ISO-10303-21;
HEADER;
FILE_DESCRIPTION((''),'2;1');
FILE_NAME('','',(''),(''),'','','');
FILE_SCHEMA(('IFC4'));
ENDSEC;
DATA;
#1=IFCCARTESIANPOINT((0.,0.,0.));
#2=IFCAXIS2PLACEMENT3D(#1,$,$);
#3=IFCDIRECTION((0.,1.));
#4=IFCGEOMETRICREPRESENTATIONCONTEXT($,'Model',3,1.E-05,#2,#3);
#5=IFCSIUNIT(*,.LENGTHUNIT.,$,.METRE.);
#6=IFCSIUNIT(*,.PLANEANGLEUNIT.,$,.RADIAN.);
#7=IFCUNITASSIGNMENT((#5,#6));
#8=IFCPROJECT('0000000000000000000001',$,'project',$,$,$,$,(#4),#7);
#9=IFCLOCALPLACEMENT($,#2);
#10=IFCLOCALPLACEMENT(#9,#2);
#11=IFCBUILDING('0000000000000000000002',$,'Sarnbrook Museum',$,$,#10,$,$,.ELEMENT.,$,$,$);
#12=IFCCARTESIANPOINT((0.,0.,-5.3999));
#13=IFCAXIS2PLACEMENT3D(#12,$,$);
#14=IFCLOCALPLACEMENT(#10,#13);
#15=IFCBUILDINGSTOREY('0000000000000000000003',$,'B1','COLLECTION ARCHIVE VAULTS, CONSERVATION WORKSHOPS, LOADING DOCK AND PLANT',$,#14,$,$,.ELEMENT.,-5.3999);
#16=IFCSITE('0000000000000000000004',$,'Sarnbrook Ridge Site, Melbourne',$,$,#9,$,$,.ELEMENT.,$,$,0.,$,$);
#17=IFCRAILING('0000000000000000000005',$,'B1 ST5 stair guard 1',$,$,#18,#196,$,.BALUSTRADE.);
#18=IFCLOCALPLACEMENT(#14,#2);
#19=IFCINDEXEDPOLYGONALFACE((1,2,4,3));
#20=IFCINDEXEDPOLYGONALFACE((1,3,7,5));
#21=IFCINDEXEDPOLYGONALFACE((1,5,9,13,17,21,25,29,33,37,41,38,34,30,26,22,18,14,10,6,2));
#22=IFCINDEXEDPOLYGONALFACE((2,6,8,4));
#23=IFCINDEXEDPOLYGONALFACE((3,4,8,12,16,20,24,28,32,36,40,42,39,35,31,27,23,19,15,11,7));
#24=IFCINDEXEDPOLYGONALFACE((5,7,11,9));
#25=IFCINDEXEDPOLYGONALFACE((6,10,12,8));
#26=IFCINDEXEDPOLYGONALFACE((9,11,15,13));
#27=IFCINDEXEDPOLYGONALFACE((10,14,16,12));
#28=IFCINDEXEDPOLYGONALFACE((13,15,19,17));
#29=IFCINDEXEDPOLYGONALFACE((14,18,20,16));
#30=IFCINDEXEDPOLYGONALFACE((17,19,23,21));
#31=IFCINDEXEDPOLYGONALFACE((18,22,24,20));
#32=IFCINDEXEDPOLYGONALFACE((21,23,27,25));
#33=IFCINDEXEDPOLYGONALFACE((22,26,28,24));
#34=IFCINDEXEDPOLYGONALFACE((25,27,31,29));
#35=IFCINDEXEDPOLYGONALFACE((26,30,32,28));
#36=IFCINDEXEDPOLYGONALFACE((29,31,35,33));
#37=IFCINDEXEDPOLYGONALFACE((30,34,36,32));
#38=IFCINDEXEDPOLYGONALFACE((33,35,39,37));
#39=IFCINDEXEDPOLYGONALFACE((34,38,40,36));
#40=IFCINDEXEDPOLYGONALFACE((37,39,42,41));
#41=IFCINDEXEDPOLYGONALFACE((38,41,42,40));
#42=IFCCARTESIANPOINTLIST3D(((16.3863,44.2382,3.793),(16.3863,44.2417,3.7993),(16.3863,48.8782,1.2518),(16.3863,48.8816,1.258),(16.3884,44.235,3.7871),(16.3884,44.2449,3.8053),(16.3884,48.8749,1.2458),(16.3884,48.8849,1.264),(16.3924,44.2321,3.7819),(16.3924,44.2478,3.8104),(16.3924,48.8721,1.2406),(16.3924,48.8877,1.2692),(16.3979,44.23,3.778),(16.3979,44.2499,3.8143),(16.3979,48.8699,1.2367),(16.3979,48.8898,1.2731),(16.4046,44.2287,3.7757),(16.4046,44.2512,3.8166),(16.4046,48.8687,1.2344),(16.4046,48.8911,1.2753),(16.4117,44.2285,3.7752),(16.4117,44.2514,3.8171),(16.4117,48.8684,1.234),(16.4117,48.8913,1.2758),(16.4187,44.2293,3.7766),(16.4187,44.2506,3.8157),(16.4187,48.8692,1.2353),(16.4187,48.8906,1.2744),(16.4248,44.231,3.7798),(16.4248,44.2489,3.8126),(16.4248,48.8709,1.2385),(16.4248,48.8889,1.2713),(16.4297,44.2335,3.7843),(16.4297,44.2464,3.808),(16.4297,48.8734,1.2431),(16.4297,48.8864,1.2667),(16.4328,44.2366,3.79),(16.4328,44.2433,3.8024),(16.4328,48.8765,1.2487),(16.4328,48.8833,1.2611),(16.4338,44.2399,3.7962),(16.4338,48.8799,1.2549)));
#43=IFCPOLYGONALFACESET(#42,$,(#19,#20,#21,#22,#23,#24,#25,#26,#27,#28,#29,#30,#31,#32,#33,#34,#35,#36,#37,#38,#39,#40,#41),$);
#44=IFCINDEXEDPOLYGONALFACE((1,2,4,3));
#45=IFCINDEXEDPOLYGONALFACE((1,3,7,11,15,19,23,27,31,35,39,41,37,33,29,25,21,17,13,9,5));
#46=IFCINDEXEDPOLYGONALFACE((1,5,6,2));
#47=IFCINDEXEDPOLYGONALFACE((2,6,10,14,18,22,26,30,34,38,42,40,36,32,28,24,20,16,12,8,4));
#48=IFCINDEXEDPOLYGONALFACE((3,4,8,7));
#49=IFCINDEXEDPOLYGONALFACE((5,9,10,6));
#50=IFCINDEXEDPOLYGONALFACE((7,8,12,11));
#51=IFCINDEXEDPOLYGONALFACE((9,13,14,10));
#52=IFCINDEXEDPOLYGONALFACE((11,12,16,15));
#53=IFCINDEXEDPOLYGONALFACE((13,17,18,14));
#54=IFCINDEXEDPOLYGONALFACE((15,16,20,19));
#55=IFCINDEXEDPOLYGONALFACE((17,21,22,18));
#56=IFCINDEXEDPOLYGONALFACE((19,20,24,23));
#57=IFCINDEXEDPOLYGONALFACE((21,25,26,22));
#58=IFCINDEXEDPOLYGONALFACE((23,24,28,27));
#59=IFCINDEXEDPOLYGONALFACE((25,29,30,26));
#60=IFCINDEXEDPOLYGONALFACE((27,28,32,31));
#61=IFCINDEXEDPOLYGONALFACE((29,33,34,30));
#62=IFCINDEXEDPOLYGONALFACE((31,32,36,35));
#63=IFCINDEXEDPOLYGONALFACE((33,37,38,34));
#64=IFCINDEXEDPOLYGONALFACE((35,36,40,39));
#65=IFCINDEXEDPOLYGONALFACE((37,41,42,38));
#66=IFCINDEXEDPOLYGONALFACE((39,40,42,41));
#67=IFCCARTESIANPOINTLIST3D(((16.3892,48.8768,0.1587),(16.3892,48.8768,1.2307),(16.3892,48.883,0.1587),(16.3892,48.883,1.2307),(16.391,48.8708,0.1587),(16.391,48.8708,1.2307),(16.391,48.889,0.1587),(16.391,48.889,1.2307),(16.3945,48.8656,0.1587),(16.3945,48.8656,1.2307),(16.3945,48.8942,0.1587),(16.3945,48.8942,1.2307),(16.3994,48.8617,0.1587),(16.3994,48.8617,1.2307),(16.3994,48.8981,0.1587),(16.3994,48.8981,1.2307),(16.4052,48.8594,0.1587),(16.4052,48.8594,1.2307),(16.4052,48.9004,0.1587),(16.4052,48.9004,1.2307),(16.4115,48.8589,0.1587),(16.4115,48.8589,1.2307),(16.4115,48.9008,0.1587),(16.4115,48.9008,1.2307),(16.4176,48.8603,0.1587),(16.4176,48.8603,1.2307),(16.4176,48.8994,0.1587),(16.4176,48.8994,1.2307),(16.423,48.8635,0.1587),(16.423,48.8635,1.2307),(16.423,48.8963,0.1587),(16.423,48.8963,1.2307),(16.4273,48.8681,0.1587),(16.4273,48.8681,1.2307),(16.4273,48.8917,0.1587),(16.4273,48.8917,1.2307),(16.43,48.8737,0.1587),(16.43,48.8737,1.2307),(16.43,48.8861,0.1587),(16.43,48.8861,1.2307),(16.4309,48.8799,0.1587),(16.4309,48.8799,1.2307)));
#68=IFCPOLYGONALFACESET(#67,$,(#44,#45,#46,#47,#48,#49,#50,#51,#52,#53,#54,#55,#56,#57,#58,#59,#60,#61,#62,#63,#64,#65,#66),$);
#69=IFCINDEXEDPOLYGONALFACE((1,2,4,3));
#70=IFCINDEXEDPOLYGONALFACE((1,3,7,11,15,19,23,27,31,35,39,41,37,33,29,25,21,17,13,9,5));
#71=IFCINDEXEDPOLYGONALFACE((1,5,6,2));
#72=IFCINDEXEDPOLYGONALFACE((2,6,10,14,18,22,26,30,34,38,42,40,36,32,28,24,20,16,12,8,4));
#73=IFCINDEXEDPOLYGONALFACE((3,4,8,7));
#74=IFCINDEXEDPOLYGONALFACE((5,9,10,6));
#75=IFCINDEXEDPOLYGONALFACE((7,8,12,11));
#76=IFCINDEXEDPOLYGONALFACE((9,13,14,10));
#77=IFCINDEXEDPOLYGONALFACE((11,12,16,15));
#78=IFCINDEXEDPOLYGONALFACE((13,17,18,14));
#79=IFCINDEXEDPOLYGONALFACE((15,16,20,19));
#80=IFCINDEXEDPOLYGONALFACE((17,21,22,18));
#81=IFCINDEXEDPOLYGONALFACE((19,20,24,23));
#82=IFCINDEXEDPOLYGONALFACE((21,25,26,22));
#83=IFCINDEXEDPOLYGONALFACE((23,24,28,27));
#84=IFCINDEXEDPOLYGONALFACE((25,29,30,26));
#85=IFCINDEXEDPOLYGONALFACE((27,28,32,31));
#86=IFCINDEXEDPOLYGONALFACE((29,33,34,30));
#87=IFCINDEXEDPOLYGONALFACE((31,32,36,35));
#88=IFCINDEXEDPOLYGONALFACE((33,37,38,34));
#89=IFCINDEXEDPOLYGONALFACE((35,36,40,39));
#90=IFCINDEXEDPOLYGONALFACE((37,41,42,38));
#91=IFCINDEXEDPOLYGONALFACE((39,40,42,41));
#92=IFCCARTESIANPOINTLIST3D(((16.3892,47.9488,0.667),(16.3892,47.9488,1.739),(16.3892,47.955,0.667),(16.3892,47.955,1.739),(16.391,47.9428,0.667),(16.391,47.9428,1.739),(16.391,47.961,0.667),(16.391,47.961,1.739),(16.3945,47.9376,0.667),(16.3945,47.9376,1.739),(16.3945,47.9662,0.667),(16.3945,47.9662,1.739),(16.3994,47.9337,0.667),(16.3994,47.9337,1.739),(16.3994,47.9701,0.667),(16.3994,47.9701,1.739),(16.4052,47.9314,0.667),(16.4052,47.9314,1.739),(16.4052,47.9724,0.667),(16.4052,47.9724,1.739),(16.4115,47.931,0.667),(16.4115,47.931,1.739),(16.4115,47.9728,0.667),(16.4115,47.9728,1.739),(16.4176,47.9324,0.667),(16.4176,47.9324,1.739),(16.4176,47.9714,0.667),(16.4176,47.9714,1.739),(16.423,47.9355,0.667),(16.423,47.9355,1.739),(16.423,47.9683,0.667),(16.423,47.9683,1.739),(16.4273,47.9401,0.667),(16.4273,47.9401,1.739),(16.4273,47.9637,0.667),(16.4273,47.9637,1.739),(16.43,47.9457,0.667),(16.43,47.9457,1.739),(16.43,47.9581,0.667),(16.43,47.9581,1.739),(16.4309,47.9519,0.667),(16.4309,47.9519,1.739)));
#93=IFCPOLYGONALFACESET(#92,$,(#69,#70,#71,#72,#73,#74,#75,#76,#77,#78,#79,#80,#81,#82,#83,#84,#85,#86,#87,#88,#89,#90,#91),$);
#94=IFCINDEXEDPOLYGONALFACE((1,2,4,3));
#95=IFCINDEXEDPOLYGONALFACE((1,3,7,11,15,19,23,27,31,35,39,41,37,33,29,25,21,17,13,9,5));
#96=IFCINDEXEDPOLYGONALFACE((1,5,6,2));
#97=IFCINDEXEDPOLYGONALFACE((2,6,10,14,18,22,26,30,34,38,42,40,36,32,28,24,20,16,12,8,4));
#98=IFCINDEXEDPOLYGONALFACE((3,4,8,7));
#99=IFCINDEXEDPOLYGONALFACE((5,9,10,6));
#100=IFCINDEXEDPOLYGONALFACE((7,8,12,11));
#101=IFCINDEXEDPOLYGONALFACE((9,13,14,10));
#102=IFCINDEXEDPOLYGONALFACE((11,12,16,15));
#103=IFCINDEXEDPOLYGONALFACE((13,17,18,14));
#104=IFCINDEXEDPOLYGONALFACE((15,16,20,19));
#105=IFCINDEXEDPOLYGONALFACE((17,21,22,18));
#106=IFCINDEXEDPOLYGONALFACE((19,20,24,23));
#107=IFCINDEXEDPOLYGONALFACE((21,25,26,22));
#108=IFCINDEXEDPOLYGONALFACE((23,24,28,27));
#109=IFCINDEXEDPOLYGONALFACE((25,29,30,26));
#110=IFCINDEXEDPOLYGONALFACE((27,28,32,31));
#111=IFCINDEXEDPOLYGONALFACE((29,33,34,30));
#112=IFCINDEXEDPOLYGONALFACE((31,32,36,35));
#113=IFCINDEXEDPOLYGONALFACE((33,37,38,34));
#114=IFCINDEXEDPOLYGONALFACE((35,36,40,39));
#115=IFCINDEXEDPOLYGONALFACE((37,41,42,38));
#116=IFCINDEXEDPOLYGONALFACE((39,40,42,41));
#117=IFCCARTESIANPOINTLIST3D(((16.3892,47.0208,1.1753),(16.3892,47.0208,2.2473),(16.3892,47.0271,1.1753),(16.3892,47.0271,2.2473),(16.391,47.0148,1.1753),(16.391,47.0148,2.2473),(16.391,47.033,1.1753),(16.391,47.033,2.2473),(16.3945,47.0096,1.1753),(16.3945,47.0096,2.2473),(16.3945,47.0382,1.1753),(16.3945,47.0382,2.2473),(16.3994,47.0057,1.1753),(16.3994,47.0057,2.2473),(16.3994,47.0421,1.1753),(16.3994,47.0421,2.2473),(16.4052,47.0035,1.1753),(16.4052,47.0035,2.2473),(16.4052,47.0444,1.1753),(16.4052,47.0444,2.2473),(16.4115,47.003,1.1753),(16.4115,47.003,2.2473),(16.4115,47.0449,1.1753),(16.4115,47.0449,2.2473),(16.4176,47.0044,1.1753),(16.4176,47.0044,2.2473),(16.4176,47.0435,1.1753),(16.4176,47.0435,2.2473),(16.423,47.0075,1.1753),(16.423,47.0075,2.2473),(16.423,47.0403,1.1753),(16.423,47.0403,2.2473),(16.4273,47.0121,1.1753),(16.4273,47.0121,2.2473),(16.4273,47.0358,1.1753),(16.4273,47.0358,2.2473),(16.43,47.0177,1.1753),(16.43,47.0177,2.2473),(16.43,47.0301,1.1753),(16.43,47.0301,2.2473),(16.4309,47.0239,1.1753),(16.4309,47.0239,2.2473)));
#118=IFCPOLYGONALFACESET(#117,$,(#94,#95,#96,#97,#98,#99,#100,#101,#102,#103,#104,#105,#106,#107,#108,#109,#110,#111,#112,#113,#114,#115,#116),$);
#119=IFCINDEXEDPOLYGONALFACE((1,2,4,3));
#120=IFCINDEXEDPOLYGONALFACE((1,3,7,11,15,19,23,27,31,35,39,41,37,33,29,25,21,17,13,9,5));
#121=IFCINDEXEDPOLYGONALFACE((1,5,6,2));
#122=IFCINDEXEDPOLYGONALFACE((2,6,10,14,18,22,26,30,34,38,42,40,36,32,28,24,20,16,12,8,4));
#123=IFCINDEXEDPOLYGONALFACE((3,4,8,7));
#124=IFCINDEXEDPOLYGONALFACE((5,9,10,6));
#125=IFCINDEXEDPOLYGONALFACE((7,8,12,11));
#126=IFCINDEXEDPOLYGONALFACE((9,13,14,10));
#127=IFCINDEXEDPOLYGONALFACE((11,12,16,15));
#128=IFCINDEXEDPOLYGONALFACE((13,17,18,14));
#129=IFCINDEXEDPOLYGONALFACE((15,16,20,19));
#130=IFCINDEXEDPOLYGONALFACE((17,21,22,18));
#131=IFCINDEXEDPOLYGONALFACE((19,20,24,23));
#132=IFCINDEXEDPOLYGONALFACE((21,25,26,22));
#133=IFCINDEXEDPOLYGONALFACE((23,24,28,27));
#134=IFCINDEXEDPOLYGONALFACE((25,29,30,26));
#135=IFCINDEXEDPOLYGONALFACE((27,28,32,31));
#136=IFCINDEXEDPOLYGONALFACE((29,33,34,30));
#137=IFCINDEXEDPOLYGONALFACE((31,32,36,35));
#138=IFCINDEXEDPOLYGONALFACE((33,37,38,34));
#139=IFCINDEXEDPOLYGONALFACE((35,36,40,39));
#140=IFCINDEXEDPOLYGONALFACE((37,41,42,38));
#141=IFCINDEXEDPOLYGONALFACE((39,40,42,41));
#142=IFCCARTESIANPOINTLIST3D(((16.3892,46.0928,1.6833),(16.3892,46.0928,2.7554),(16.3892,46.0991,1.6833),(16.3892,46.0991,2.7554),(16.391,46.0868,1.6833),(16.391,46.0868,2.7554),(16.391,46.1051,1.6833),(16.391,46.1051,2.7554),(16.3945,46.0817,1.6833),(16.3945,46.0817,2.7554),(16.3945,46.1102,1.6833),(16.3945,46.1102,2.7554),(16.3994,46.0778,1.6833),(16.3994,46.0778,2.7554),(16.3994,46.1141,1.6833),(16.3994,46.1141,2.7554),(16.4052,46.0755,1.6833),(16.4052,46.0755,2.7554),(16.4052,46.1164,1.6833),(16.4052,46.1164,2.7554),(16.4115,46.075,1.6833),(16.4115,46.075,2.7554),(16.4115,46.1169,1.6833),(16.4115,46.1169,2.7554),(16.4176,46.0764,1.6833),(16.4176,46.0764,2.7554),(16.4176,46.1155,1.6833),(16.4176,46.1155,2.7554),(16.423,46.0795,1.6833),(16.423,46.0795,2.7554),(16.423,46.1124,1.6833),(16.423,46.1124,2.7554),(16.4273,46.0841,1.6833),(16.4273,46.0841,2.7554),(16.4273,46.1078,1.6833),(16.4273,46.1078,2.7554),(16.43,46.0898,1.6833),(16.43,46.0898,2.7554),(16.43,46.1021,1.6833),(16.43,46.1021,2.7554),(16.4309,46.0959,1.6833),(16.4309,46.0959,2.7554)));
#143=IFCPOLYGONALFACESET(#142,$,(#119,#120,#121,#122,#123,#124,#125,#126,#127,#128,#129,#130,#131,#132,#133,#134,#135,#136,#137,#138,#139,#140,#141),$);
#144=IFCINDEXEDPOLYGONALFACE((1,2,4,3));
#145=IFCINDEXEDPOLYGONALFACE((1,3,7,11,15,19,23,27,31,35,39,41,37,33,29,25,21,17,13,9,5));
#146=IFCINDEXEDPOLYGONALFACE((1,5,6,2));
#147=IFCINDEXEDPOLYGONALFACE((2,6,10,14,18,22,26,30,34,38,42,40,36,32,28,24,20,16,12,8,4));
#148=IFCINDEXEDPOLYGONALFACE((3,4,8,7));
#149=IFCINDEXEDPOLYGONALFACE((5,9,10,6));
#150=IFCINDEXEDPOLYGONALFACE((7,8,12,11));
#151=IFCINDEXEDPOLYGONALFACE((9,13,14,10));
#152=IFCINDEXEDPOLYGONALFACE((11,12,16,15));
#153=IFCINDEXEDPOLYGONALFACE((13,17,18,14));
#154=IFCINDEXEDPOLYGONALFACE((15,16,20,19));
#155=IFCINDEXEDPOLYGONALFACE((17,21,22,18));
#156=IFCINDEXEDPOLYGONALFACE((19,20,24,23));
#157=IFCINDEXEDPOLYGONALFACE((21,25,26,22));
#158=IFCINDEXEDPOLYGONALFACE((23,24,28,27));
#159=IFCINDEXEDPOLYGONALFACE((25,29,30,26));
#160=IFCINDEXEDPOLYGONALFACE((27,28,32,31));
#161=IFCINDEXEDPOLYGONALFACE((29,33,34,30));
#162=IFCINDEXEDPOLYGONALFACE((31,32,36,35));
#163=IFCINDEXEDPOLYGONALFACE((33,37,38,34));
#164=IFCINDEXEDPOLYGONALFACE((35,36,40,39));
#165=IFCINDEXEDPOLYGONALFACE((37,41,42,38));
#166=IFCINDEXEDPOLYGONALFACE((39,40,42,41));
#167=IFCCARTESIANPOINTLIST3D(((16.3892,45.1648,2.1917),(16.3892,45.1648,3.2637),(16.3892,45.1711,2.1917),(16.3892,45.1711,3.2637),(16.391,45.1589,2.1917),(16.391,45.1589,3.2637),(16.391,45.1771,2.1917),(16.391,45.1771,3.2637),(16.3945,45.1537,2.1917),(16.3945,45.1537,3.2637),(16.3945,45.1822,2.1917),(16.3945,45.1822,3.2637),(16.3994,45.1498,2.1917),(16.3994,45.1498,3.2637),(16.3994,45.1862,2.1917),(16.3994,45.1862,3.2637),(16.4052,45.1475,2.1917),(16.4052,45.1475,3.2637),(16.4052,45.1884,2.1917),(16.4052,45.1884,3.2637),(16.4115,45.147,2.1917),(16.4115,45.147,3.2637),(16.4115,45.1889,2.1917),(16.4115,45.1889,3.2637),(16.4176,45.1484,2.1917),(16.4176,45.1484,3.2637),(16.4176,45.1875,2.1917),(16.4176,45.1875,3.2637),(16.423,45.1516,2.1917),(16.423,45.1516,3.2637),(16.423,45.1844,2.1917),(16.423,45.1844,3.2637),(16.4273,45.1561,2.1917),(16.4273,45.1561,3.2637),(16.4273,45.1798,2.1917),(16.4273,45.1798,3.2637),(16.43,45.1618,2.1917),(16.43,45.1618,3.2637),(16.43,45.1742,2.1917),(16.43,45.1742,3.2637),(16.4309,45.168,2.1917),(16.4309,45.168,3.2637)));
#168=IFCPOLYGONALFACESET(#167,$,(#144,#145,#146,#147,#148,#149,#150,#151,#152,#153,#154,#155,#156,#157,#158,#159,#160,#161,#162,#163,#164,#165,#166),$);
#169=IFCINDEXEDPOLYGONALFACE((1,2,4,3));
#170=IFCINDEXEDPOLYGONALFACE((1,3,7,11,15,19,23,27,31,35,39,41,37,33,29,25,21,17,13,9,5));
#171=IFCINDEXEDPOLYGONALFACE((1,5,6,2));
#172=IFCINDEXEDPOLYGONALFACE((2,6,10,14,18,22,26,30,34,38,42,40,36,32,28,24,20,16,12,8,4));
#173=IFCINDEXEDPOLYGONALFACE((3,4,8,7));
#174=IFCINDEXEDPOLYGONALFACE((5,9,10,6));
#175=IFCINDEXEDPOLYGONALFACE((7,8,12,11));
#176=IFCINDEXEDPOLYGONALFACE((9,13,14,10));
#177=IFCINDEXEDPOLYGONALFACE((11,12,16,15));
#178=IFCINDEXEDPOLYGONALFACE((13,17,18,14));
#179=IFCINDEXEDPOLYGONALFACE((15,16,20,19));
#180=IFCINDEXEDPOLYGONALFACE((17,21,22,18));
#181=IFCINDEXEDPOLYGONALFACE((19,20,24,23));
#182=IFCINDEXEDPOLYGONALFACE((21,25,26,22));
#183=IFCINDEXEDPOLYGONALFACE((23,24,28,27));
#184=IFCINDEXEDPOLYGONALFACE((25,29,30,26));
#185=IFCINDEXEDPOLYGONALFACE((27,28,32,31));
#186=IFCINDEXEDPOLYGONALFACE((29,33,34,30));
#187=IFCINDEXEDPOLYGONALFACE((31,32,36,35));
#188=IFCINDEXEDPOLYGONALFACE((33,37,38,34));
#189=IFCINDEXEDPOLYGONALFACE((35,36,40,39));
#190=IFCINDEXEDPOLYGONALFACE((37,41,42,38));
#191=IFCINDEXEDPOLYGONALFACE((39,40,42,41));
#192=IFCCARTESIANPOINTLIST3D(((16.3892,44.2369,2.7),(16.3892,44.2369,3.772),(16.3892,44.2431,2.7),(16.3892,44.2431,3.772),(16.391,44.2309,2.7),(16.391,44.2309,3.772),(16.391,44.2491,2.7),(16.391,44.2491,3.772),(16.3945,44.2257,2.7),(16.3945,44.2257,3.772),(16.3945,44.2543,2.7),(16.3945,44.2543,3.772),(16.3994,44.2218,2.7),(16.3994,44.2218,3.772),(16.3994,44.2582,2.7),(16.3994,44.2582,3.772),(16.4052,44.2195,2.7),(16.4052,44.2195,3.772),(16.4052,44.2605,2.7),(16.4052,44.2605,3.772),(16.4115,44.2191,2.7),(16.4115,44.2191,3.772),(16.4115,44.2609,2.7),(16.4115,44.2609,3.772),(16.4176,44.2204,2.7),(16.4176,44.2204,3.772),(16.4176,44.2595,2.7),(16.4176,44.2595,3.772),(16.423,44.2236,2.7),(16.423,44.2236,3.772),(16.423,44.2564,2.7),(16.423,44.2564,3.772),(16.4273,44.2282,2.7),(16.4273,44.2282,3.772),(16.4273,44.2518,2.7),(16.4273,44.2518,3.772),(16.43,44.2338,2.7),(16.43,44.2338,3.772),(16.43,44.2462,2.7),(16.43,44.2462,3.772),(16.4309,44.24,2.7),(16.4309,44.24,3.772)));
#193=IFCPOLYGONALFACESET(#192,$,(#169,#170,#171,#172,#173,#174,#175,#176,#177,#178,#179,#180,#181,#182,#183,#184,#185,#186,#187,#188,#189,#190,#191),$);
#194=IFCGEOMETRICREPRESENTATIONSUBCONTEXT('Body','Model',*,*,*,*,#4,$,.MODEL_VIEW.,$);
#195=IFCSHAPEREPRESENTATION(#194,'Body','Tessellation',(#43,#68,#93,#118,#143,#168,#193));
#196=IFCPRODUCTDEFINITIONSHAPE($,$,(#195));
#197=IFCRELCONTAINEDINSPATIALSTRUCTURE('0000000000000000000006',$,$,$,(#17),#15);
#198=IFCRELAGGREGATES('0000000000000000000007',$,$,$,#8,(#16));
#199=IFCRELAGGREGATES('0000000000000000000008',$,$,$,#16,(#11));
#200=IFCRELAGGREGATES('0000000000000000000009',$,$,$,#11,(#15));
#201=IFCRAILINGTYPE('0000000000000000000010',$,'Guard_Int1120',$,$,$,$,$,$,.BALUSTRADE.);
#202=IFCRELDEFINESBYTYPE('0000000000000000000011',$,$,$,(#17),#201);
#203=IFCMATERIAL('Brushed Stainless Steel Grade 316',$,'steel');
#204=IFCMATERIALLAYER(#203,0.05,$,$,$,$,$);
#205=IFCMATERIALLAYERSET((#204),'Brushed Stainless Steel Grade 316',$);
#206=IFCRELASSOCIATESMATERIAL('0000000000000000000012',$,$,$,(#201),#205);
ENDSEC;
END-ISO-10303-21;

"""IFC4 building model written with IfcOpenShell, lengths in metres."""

from ifc_helpers import new_model, si_unit, direction, frame, origin, origin_2d, place, context, subcontext, project, spatial, circle, extrude, material, layer, layer_set, type_object, element, save


model = new_model("IFC4")

# Units and contexts
model_context = context("Model", 3, precision=1e-05, world=origin(), true_north=direction((0.0, 1.0)))
body_context = subcontext(model_context, "Body", "Model", "MODEL_VIEW")
ifc_project = project(units=[si_unit("LENGTHUNIT", "METRE"), si_unit("PLANEANGLEUNIT", "RADIAN")], contexts=[model_context])

# Site, building, storey
site_placement = place(None, origin())
site = spatial("IfcSite", under=ifc_project, at=site_placement, Name="Sarnbrook Ridge Site, Melbourne", CompositionType="ELEMENT", RefElevation=0.0)
building_placement = place(site_placement, origin())
building = spatial("IfcBuilding", under=site, at=building_placement, Name="Sarnbrook Museum", CompositionType="ELEMENT")
storey_placement = place(building_placement, frame((0.0, 0.0, -5.3999)))
storey = spatial("IfcBuildingStorey", under=building, at=storey_placement, Name="B1", Description="COLLECTION ARCHIVE VAULTS, CONSERVATION WORKSHOPS, LOADING DOCK AND PLANT", CompositionType="ELEMENT", Elevation=-5.3999)

# Shared definitions
ifc_material_1 = material(Name="Brushed Stainless Steel Grade 316", Category="steel")

# Railing
ifc_layer_1 = layer(ifc_material_1, 0.05)
ifc_layer_set_1 = layer_set([ifc_layer_1], Name="Brushed Stainless Steel Grade 316")
railing_type_1 = type_object("IfcRailingType", Name="Guard_Int1120", PredefinedType="BALUSTRADE", material=ifc_layer_set_1)
railing_1_placement = place(storey_placement, frame((16.4099, 48.8799, 0.1587)))
element("IfcRailing", 1, at=railing_1_placement, inside=storey, type_object=railing_type_1, Name="B1 ST5 stair guard 1", PredefinedType="BALUSTRADE", context=body_context, shape_type="SweptSolid", body=[
    extrude(circle(Radius=0.0239, at=origin_2d()), frame((0.0, 0.0, 1.0962), z_axis=(0.0, -0.877067, 0.480368), x_axis=(1.0, 0.0, 0.0)), (0.0, 0.0, 1.0), 5.2903),
    extrude(circle(Radius=0.021, at=origin_2d()), origin(), (0.0, 0.0, 1.0), 1.072),
    extrude(circle(Radius=0.021, at=origin_2d()), frame((0.0, -0.928, 0.5083)), (0.0, 0.0, 1.0), 1.072),
    extrude(circle(Radius=0.021, at=origin_2d()), frame((0.0, -1.856, 1.0166)), (0.0, 0.0, 1.0), 1.072),
    extrude(circle(Radius=0.021, at=origin_2d()), frame((0.0, -2.7839, 1.5247)), (0.0, 0.0, 1.0), 1.072),
    extrude(circle(Radius=0.021, at=origin_2d()), frame((0.0, -3.7119, 2.033)), (0.0, 0.0, 1.0), 1.072),
    extrude(circle(Radius=0.021, at=origin_2d()), frame((0.0, -4.6399, 2.5413)), (0.0, 0.0, 1.0), 1.072),
])

save(model, "model.ifc")
